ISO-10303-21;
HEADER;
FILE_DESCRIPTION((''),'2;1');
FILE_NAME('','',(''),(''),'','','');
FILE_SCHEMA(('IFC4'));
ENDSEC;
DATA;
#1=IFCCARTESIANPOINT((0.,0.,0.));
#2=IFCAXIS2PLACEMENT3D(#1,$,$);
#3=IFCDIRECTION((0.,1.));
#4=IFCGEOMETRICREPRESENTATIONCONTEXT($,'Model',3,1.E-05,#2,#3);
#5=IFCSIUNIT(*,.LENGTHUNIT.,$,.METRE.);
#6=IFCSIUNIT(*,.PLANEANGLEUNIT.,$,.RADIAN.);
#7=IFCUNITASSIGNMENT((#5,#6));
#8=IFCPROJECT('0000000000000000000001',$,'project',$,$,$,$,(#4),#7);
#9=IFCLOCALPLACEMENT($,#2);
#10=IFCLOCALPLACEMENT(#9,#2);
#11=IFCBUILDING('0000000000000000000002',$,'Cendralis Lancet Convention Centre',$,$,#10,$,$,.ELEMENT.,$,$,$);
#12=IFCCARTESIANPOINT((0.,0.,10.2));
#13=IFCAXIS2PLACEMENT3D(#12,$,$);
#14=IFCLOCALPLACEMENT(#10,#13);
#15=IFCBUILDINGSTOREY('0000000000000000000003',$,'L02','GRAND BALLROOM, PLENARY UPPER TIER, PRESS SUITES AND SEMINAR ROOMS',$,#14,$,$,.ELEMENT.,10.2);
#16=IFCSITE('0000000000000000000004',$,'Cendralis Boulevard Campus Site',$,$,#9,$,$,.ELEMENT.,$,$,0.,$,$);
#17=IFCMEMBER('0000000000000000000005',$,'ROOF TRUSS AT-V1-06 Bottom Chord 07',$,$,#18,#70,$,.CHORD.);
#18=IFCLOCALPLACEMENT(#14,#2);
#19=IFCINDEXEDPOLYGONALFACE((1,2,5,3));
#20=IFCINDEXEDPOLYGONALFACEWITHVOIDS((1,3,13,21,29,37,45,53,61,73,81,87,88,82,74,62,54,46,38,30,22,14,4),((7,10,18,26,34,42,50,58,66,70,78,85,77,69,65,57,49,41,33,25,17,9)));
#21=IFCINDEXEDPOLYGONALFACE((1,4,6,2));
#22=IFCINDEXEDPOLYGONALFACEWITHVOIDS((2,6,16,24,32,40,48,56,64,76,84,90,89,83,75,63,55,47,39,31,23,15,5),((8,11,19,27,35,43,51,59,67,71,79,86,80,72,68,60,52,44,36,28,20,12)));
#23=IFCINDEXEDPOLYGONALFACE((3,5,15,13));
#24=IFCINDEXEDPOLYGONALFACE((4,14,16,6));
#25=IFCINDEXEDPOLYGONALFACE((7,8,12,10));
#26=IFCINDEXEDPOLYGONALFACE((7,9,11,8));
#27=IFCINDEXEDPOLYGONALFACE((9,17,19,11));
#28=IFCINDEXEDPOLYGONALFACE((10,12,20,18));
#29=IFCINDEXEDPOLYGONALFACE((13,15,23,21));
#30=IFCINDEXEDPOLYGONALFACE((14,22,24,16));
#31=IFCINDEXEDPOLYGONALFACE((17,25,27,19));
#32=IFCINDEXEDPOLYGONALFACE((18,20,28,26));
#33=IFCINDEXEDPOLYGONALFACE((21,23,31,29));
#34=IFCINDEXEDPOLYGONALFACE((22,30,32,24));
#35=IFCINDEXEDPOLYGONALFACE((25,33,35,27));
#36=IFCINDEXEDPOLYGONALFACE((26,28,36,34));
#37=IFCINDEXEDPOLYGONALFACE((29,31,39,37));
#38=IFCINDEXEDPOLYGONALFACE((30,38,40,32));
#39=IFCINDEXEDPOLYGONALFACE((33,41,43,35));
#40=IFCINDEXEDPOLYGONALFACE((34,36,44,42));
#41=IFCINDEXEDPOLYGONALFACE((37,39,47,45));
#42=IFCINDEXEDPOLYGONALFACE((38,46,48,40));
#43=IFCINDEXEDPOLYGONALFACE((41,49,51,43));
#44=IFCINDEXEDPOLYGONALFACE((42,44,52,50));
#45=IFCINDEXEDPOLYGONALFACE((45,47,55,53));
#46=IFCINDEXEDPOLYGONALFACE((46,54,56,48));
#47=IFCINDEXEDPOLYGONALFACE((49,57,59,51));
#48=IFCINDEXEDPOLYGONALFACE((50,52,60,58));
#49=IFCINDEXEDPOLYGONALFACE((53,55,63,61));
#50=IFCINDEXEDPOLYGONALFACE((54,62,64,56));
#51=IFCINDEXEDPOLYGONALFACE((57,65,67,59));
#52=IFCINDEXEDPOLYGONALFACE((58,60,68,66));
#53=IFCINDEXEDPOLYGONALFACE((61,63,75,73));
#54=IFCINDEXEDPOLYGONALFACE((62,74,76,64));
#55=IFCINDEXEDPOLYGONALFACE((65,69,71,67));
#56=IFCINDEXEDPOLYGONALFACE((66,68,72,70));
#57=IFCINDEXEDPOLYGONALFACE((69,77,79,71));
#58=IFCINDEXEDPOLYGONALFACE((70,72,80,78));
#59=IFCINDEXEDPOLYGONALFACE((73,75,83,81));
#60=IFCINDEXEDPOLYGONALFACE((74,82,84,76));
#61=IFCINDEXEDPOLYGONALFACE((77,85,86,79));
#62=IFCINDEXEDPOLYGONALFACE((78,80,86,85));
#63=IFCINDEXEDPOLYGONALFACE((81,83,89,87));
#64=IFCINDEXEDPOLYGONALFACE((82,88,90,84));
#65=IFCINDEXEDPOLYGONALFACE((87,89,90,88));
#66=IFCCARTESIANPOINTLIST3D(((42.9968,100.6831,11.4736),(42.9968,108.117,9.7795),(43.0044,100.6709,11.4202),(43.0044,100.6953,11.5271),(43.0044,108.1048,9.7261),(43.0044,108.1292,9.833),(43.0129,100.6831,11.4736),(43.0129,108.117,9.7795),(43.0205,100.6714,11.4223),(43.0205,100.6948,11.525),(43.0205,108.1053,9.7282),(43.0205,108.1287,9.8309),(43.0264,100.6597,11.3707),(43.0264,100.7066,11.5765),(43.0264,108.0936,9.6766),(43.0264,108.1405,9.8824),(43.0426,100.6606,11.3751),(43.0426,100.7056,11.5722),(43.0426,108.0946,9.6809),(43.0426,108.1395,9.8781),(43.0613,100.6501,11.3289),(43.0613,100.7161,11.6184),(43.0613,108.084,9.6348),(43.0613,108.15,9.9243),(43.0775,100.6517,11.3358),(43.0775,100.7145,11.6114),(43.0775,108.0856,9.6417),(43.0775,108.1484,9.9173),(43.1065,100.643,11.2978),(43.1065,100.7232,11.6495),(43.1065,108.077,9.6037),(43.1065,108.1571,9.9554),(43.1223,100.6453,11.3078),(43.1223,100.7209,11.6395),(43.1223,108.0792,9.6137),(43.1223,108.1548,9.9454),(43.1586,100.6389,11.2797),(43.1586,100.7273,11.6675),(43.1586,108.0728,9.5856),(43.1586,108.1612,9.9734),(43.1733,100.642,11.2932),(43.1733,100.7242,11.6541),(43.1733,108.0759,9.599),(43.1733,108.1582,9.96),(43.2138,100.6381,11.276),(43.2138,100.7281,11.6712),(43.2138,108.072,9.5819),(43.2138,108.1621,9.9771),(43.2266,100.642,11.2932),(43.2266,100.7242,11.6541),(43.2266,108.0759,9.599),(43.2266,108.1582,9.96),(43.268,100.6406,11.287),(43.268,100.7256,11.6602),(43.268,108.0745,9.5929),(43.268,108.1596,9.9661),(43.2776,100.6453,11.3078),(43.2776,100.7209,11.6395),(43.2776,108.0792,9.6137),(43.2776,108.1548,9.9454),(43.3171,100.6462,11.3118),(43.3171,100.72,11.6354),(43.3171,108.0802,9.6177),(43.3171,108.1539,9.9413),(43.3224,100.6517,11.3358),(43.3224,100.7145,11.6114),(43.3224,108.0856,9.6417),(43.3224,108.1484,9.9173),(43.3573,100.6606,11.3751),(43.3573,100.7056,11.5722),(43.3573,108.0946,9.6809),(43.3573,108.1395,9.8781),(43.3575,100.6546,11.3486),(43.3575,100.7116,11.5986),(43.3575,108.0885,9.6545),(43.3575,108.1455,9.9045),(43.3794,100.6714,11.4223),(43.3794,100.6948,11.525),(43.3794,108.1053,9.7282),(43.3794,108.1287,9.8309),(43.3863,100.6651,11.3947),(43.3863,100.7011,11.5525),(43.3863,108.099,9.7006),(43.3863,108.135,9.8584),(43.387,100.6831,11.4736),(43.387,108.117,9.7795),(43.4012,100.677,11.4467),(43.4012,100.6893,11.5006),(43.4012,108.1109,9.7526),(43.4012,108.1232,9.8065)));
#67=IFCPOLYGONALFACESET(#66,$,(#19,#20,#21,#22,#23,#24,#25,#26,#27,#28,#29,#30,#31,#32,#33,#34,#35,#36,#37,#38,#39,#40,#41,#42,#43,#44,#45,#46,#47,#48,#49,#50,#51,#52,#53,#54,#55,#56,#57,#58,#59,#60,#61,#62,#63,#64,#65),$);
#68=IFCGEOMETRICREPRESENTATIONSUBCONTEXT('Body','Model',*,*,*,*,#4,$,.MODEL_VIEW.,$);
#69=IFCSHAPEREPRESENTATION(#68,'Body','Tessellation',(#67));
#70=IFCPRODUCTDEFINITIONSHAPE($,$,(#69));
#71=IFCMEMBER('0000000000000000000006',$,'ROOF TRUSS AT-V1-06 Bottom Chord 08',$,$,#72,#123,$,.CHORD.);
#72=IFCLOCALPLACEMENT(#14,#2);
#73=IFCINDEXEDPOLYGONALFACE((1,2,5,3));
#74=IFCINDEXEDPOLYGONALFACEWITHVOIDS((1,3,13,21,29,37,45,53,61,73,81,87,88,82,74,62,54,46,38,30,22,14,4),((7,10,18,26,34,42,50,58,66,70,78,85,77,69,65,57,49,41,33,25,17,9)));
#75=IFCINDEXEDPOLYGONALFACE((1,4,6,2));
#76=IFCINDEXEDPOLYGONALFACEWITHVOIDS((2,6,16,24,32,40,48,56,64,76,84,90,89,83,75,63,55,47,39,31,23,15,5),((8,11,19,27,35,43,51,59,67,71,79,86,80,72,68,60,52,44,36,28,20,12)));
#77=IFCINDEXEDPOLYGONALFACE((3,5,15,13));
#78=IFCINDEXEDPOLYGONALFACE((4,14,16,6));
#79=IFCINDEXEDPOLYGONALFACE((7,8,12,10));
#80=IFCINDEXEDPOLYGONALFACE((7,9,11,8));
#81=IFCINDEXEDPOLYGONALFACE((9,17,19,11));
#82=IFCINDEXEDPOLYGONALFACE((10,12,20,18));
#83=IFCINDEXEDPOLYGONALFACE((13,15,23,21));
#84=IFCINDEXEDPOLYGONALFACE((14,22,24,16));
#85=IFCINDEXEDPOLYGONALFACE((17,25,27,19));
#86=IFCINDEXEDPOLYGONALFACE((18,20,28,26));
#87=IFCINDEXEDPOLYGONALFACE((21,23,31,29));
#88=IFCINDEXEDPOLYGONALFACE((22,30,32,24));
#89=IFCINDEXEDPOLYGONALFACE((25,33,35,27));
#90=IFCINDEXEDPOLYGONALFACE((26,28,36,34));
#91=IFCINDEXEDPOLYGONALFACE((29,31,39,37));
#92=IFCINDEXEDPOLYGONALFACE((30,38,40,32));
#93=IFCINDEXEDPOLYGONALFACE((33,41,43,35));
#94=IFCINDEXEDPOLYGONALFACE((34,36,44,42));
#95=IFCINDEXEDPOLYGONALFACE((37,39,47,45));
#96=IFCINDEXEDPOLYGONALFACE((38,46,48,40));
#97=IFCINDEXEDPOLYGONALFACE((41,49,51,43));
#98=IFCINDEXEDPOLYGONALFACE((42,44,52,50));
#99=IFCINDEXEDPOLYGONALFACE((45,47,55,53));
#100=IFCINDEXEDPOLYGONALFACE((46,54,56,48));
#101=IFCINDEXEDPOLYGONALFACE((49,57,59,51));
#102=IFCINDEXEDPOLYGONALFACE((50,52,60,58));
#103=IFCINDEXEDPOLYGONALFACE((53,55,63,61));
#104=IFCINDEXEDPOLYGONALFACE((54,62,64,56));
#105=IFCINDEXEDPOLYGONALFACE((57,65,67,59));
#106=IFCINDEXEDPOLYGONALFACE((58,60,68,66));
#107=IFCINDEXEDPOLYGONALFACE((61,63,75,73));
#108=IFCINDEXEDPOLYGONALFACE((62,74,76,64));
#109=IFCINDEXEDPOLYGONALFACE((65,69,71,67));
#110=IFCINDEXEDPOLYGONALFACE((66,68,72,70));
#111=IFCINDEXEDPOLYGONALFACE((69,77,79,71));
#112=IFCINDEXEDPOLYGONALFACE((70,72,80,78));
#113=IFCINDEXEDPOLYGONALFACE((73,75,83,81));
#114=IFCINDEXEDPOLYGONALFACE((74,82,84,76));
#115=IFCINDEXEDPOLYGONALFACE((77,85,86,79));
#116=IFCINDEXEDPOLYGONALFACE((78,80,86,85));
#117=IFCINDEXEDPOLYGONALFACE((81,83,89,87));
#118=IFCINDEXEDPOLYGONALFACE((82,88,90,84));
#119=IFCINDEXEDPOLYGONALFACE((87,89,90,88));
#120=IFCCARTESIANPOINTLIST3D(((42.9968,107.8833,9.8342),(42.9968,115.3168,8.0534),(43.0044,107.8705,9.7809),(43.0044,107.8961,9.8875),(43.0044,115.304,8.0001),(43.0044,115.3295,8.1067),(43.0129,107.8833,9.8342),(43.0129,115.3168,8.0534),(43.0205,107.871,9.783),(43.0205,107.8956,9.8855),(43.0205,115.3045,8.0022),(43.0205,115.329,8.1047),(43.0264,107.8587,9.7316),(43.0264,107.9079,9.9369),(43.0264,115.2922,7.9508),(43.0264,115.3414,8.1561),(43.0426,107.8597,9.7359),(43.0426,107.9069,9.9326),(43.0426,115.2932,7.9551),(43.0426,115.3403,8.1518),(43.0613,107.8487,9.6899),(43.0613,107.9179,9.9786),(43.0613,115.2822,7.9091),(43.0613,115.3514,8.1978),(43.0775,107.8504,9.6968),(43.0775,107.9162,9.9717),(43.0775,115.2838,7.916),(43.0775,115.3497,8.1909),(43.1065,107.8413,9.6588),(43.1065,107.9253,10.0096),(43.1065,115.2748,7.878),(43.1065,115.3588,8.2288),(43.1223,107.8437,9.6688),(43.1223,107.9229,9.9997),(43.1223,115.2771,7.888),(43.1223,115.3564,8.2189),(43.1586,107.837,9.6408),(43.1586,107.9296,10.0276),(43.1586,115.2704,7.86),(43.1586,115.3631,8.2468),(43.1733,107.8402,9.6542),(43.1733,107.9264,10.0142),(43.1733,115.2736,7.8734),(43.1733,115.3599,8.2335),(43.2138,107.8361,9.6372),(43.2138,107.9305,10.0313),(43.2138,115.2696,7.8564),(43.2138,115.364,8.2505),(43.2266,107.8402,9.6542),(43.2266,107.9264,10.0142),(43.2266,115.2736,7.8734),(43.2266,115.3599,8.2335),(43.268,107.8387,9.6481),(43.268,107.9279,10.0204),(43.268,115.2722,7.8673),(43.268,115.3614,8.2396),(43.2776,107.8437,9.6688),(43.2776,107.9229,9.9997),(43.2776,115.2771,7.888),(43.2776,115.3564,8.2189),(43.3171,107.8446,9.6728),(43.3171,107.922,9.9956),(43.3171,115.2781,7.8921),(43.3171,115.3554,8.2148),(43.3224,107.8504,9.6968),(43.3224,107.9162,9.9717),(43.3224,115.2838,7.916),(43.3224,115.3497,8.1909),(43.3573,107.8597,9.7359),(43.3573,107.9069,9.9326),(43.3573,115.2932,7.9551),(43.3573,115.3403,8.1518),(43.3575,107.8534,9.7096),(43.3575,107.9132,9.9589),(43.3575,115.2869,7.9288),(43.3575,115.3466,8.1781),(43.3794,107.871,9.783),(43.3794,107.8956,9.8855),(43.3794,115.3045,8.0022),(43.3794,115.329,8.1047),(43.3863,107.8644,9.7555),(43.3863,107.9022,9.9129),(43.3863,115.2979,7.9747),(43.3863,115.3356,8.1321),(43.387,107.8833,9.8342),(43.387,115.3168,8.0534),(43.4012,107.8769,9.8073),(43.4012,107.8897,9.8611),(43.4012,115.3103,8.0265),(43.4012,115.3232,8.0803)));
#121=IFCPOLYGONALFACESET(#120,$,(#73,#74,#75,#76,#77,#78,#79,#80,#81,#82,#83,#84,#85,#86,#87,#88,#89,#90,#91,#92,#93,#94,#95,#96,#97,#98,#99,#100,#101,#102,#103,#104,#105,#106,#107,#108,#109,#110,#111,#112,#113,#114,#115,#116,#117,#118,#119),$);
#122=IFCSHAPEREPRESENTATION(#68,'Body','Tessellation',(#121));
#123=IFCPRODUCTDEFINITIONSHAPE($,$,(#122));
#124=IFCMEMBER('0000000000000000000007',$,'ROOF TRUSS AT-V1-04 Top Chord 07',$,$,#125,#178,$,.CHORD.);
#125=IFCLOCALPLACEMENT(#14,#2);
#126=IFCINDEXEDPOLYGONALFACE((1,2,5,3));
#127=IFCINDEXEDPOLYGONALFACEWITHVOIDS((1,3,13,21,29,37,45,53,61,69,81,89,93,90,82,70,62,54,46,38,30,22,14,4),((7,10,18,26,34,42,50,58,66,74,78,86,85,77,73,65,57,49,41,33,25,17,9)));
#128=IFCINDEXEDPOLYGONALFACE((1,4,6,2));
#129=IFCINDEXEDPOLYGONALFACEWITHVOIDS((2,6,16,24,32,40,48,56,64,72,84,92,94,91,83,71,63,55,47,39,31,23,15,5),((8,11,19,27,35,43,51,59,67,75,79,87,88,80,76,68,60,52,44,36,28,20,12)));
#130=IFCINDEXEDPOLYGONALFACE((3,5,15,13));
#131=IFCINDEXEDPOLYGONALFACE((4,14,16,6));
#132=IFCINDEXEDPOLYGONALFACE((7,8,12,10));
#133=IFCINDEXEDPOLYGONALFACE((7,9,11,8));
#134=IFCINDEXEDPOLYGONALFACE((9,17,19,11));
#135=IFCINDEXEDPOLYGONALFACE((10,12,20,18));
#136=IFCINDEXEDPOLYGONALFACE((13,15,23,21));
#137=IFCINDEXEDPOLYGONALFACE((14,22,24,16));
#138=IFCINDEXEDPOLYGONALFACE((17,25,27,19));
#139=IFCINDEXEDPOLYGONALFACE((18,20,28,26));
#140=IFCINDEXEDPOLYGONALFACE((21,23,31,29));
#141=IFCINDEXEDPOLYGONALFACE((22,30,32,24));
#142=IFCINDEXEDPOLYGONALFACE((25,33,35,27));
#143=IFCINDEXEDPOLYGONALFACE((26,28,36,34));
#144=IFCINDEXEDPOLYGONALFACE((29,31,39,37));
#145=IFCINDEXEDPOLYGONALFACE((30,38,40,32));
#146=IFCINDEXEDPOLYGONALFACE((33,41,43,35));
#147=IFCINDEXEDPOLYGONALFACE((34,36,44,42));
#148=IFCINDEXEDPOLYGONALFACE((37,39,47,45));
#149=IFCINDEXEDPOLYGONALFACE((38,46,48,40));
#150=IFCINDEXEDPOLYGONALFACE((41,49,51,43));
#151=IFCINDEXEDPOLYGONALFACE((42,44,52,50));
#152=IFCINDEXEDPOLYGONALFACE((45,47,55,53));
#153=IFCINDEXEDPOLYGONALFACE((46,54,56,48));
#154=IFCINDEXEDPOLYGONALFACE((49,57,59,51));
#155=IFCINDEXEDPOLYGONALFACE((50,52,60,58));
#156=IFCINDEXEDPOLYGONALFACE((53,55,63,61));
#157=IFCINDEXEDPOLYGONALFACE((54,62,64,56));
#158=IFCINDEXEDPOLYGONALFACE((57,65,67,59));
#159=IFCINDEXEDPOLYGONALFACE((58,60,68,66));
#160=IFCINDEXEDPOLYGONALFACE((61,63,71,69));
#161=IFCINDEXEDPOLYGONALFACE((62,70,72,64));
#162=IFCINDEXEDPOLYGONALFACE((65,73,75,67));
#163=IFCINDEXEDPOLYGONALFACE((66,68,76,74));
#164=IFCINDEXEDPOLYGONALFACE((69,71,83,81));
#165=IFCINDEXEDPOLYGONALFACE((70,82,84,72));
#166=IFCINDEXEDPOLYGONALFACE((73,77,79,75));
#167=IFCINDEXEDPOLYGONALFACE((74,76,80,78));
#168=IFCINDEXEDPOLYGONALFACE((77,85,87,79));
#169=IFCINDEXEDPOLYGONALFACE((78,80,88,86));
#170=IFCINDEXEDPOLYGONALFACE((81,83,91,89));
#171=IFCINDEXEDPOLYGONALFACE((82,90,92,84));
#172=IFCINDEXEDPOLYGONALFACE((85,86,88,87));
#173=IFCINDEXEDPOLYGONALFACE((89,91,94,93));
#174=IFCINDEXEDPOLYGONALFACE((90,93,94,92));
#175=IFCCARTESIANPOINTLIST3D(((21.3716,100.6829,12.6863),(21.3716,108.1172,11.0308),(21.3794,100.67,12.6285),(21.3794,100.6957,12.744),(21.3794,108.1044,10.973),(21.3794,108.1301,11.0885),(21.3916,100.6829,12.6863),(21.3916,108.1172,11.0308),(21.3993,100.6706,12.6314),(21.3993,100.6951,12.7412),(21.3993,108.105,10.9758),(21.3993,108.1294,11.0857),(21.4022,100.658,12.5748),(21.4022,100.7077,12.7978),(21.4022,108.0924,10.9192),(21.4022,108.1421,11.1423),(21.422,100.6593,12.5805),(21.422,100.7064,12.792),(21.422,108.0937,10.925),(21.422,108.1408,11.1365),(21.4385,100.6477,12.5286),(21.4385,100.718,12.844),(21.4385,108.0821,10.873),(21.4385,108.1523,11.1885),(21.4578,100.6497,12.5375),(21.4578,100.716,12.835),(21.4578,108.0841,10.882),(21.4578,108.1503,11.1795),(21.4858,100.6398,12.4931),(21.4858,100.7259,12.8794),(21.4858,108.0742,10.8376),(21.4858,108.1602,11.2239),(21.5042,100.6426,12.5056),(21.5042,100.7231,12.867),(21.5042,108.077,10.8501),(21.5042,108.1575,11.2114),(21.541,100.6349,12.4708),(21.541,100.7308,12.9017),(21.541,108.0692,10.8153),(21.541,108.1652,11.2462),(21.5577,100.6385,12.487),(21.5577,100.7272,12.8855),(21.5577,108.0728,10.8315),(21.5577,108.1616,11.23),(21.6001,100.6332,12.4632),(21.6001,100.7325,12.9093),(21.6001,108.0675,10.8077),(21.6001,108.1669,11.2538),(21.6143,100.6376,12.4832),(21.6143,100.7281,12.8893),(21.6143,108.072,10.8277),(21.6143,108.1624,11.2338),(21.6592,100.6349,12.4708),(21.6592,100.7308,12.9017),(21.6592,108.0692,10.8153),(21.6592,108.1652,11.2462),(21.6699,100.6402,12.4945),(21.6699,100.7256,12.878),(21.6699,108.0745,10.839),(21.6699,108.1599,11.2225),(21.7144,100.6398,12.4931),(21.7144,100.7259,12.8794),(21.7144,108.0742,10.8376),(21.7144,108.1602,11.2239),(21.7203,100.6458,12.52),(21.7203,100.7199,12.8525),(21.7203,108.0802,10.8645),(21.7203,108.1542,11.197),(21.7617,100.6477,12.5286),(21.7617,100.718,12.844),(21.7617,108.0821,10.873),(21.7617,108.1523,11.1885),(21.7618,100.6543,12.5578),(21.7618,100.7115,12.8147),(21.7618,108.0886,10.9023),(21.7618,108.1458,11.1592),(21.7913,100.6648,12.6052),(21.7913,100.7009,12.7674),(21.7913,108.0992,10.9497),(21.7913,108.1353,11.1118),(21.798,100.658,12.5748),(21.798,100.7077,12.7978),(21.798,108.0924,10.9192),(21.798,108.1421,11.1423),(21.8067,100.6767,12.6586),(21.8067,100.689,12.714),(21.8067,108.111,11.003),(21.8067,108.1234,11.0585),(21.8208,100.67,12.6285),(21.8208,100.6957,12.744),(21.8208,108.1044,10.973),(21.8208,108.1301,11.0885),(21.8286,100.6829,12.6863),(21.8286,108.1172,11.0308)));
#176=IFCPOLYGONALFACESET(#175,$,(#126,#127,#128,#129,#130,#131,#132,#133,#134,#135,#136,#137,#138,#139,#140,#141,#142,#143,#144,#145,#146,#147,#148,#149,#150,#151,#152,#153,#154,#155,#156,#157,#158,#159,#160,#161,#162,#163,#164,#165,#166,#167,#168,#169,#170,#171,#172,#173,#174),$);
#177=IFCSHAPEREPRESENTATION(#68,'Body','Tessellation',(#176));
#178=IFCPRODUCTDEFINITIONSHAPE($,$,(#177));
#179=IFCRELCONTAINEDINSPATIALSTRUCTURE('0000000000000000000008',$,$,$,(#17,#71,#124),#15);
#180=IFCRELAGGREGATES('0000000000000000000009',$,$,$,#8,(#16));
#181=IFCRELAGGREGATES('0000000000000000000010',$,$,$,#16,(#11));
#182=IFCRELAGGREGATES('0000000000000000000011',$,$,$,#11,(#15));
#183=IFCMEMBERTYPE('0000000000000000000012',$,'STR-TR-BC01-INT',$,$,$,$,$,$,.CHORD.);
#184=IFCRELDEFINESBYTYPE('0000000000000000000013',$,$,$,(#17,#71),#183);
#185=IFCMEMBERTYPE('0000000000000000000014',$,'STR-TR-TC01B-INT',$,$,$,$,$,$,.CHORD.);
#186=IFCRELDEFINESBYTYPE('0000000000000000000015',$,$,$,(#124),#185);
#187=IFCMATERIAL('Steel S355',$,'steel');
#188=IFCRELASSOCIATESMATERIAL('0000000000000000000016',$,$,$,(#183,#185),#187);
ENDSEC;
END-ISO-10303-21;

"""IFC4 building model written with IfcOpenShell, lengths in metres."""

from ifc_helpers import new_model, si_unit, direction, frame, origin, origin_2d, place, context, subcontext, project, spatial, hollow_circle, extrude, material, material_profile, profile_set, type_object, element, save


model = new_model("IFC4")

# Units and contexts
model_context = context("Model", 3, precision=1e-05, world=origin(), true_north=direction((0.0, 1.0)))
body_context = subcontext(model_context, "Body", "Model", "MODEL_VIEW")
ifc_project = project(units=[si_unit("LENGTHUNIT", "METRE"), si_unit("PLANEANGLEUNIT", "RADIAN")], contexts=[model_context])

# Site, building, storey
site_placement = place(None, origin())
site = spatial("IfcSite", under=ifc_project, at=site_placement, Name="Cendralis Boulevard Campus Site", CompositionType="ELEMENT", RefElevation=0.0)
building_placement = place(site_placement, origin())
building = spatial("IfcBuilding", under=site, at=building_placement, Name="Cendralis Lancet Convention Centre", CompositionType="ELEMENT")
storey_placement = place(building_placement, frame((0.0, 0.0, 10.2)))
storey = spatial("IfcBuildingStorey", under=building, at=storey_placement, Name="L02", Description="GRAND BALLROOM, PLENARY UPPER TIER, PRESS SUITES AND SEMINAR ROOMS", CompositionType="ELEMENT", Elevation=10.2)

# Members
ifc_material = material(Name="Steel S355", Category="steel")
ifc_material_profile_1 = material_profile(ifc_material, hollow_circle(Radius=0.2031, WallThickness=0.0161, at=origin_2d()), Name="CHS 406.4x16.0")
ifc_profile_set_1 = profile_set([ifc_material_profile_1], Name="Steel S355")
member_type_1 = type_object("IfcMemberType", Name="STR-TR-BC01-INT", PredefinedType="CHORD", material=ifc_profile_set_1)
member_1_placement = place(storey_placement, frame((43.2, 100.6831, 11.4736), z_axis=(0.0, 0.975003, -0.222193), x_axis=(-1.0, 0.0, 0.0)))
element("IfcMember", 1, at=member_1_placement, inside=storey, type_object=member_type_1, Name="ROOF TRUSS AT-V1-06 Bottom Chord 07", PredefinedType="CHORD", context=body_context, shape_type="SweptSolid", body=[
    extrude(hollow_circle(Radius=0.2031, WallThickness=0.0161, at=origin_2d()), origin(), (0.0, 0.0, 1.0), 7.6245),
])
member_2_placement = place(storey_placement, frame((43.2, 107.8833, 9.8342), z_axis=(0.0, 0.972483, -0.232972), x_axis=(-1.0, 0.0, 0.0)))
element("IfcMember", 2, at=member_2_placement, inside=storey, type_object=member_type_1, Name="ROOF TRUSS AT-V1-06 Bottom Chord 08", PredefinedType="CHORD", context=body_context, shape_type="SweptSolid", body=[
    extrude(hollow_circle(Radius=0.2031, WallThickness=0.0161, at=origin_2d()), origin(), (0.0, 0.0, 1.0), 7.6438),
])
ifc_material_profile_2 = material_profile(ifc_material, hollow_circle(Radius=0.2285, WallThickness=0.02, at=origin_2d()), Name="CHS 457.0x20.0")
ifc_profile_set_2 = profile_set([ifc_material_profile_2], Name="Steel S355")
member_type_2 = type_object("IfcMemberType", Name="STR-TR-TC01B-INT", PredefinedType="CHORD", material=ifc_profile_set_2)
member_3_placement = place(storey_placement, frame((21.6001, 100.6829, 12.6863), z_axis=(0.0, 0.976091, -0.217361), x_axis=(-1.0, 0.0, 0.0)))
element("IfcMember", 3, at=member_3_placement, inside=storey, type_object=member_type_2, Name="ROOF TRUSS AT-V1-04 Top Chord 07", PredefinedType="CHORD", context=body_context, shape_type="SweptSolid", body=[
    extrude(hollow_circle(Radius=0.2285, WallThickness=0.02, at=origin_2d()), origin(), (0.0, 0.0, 1.0), 7.6165),
])

save(model, "model.ifc")
